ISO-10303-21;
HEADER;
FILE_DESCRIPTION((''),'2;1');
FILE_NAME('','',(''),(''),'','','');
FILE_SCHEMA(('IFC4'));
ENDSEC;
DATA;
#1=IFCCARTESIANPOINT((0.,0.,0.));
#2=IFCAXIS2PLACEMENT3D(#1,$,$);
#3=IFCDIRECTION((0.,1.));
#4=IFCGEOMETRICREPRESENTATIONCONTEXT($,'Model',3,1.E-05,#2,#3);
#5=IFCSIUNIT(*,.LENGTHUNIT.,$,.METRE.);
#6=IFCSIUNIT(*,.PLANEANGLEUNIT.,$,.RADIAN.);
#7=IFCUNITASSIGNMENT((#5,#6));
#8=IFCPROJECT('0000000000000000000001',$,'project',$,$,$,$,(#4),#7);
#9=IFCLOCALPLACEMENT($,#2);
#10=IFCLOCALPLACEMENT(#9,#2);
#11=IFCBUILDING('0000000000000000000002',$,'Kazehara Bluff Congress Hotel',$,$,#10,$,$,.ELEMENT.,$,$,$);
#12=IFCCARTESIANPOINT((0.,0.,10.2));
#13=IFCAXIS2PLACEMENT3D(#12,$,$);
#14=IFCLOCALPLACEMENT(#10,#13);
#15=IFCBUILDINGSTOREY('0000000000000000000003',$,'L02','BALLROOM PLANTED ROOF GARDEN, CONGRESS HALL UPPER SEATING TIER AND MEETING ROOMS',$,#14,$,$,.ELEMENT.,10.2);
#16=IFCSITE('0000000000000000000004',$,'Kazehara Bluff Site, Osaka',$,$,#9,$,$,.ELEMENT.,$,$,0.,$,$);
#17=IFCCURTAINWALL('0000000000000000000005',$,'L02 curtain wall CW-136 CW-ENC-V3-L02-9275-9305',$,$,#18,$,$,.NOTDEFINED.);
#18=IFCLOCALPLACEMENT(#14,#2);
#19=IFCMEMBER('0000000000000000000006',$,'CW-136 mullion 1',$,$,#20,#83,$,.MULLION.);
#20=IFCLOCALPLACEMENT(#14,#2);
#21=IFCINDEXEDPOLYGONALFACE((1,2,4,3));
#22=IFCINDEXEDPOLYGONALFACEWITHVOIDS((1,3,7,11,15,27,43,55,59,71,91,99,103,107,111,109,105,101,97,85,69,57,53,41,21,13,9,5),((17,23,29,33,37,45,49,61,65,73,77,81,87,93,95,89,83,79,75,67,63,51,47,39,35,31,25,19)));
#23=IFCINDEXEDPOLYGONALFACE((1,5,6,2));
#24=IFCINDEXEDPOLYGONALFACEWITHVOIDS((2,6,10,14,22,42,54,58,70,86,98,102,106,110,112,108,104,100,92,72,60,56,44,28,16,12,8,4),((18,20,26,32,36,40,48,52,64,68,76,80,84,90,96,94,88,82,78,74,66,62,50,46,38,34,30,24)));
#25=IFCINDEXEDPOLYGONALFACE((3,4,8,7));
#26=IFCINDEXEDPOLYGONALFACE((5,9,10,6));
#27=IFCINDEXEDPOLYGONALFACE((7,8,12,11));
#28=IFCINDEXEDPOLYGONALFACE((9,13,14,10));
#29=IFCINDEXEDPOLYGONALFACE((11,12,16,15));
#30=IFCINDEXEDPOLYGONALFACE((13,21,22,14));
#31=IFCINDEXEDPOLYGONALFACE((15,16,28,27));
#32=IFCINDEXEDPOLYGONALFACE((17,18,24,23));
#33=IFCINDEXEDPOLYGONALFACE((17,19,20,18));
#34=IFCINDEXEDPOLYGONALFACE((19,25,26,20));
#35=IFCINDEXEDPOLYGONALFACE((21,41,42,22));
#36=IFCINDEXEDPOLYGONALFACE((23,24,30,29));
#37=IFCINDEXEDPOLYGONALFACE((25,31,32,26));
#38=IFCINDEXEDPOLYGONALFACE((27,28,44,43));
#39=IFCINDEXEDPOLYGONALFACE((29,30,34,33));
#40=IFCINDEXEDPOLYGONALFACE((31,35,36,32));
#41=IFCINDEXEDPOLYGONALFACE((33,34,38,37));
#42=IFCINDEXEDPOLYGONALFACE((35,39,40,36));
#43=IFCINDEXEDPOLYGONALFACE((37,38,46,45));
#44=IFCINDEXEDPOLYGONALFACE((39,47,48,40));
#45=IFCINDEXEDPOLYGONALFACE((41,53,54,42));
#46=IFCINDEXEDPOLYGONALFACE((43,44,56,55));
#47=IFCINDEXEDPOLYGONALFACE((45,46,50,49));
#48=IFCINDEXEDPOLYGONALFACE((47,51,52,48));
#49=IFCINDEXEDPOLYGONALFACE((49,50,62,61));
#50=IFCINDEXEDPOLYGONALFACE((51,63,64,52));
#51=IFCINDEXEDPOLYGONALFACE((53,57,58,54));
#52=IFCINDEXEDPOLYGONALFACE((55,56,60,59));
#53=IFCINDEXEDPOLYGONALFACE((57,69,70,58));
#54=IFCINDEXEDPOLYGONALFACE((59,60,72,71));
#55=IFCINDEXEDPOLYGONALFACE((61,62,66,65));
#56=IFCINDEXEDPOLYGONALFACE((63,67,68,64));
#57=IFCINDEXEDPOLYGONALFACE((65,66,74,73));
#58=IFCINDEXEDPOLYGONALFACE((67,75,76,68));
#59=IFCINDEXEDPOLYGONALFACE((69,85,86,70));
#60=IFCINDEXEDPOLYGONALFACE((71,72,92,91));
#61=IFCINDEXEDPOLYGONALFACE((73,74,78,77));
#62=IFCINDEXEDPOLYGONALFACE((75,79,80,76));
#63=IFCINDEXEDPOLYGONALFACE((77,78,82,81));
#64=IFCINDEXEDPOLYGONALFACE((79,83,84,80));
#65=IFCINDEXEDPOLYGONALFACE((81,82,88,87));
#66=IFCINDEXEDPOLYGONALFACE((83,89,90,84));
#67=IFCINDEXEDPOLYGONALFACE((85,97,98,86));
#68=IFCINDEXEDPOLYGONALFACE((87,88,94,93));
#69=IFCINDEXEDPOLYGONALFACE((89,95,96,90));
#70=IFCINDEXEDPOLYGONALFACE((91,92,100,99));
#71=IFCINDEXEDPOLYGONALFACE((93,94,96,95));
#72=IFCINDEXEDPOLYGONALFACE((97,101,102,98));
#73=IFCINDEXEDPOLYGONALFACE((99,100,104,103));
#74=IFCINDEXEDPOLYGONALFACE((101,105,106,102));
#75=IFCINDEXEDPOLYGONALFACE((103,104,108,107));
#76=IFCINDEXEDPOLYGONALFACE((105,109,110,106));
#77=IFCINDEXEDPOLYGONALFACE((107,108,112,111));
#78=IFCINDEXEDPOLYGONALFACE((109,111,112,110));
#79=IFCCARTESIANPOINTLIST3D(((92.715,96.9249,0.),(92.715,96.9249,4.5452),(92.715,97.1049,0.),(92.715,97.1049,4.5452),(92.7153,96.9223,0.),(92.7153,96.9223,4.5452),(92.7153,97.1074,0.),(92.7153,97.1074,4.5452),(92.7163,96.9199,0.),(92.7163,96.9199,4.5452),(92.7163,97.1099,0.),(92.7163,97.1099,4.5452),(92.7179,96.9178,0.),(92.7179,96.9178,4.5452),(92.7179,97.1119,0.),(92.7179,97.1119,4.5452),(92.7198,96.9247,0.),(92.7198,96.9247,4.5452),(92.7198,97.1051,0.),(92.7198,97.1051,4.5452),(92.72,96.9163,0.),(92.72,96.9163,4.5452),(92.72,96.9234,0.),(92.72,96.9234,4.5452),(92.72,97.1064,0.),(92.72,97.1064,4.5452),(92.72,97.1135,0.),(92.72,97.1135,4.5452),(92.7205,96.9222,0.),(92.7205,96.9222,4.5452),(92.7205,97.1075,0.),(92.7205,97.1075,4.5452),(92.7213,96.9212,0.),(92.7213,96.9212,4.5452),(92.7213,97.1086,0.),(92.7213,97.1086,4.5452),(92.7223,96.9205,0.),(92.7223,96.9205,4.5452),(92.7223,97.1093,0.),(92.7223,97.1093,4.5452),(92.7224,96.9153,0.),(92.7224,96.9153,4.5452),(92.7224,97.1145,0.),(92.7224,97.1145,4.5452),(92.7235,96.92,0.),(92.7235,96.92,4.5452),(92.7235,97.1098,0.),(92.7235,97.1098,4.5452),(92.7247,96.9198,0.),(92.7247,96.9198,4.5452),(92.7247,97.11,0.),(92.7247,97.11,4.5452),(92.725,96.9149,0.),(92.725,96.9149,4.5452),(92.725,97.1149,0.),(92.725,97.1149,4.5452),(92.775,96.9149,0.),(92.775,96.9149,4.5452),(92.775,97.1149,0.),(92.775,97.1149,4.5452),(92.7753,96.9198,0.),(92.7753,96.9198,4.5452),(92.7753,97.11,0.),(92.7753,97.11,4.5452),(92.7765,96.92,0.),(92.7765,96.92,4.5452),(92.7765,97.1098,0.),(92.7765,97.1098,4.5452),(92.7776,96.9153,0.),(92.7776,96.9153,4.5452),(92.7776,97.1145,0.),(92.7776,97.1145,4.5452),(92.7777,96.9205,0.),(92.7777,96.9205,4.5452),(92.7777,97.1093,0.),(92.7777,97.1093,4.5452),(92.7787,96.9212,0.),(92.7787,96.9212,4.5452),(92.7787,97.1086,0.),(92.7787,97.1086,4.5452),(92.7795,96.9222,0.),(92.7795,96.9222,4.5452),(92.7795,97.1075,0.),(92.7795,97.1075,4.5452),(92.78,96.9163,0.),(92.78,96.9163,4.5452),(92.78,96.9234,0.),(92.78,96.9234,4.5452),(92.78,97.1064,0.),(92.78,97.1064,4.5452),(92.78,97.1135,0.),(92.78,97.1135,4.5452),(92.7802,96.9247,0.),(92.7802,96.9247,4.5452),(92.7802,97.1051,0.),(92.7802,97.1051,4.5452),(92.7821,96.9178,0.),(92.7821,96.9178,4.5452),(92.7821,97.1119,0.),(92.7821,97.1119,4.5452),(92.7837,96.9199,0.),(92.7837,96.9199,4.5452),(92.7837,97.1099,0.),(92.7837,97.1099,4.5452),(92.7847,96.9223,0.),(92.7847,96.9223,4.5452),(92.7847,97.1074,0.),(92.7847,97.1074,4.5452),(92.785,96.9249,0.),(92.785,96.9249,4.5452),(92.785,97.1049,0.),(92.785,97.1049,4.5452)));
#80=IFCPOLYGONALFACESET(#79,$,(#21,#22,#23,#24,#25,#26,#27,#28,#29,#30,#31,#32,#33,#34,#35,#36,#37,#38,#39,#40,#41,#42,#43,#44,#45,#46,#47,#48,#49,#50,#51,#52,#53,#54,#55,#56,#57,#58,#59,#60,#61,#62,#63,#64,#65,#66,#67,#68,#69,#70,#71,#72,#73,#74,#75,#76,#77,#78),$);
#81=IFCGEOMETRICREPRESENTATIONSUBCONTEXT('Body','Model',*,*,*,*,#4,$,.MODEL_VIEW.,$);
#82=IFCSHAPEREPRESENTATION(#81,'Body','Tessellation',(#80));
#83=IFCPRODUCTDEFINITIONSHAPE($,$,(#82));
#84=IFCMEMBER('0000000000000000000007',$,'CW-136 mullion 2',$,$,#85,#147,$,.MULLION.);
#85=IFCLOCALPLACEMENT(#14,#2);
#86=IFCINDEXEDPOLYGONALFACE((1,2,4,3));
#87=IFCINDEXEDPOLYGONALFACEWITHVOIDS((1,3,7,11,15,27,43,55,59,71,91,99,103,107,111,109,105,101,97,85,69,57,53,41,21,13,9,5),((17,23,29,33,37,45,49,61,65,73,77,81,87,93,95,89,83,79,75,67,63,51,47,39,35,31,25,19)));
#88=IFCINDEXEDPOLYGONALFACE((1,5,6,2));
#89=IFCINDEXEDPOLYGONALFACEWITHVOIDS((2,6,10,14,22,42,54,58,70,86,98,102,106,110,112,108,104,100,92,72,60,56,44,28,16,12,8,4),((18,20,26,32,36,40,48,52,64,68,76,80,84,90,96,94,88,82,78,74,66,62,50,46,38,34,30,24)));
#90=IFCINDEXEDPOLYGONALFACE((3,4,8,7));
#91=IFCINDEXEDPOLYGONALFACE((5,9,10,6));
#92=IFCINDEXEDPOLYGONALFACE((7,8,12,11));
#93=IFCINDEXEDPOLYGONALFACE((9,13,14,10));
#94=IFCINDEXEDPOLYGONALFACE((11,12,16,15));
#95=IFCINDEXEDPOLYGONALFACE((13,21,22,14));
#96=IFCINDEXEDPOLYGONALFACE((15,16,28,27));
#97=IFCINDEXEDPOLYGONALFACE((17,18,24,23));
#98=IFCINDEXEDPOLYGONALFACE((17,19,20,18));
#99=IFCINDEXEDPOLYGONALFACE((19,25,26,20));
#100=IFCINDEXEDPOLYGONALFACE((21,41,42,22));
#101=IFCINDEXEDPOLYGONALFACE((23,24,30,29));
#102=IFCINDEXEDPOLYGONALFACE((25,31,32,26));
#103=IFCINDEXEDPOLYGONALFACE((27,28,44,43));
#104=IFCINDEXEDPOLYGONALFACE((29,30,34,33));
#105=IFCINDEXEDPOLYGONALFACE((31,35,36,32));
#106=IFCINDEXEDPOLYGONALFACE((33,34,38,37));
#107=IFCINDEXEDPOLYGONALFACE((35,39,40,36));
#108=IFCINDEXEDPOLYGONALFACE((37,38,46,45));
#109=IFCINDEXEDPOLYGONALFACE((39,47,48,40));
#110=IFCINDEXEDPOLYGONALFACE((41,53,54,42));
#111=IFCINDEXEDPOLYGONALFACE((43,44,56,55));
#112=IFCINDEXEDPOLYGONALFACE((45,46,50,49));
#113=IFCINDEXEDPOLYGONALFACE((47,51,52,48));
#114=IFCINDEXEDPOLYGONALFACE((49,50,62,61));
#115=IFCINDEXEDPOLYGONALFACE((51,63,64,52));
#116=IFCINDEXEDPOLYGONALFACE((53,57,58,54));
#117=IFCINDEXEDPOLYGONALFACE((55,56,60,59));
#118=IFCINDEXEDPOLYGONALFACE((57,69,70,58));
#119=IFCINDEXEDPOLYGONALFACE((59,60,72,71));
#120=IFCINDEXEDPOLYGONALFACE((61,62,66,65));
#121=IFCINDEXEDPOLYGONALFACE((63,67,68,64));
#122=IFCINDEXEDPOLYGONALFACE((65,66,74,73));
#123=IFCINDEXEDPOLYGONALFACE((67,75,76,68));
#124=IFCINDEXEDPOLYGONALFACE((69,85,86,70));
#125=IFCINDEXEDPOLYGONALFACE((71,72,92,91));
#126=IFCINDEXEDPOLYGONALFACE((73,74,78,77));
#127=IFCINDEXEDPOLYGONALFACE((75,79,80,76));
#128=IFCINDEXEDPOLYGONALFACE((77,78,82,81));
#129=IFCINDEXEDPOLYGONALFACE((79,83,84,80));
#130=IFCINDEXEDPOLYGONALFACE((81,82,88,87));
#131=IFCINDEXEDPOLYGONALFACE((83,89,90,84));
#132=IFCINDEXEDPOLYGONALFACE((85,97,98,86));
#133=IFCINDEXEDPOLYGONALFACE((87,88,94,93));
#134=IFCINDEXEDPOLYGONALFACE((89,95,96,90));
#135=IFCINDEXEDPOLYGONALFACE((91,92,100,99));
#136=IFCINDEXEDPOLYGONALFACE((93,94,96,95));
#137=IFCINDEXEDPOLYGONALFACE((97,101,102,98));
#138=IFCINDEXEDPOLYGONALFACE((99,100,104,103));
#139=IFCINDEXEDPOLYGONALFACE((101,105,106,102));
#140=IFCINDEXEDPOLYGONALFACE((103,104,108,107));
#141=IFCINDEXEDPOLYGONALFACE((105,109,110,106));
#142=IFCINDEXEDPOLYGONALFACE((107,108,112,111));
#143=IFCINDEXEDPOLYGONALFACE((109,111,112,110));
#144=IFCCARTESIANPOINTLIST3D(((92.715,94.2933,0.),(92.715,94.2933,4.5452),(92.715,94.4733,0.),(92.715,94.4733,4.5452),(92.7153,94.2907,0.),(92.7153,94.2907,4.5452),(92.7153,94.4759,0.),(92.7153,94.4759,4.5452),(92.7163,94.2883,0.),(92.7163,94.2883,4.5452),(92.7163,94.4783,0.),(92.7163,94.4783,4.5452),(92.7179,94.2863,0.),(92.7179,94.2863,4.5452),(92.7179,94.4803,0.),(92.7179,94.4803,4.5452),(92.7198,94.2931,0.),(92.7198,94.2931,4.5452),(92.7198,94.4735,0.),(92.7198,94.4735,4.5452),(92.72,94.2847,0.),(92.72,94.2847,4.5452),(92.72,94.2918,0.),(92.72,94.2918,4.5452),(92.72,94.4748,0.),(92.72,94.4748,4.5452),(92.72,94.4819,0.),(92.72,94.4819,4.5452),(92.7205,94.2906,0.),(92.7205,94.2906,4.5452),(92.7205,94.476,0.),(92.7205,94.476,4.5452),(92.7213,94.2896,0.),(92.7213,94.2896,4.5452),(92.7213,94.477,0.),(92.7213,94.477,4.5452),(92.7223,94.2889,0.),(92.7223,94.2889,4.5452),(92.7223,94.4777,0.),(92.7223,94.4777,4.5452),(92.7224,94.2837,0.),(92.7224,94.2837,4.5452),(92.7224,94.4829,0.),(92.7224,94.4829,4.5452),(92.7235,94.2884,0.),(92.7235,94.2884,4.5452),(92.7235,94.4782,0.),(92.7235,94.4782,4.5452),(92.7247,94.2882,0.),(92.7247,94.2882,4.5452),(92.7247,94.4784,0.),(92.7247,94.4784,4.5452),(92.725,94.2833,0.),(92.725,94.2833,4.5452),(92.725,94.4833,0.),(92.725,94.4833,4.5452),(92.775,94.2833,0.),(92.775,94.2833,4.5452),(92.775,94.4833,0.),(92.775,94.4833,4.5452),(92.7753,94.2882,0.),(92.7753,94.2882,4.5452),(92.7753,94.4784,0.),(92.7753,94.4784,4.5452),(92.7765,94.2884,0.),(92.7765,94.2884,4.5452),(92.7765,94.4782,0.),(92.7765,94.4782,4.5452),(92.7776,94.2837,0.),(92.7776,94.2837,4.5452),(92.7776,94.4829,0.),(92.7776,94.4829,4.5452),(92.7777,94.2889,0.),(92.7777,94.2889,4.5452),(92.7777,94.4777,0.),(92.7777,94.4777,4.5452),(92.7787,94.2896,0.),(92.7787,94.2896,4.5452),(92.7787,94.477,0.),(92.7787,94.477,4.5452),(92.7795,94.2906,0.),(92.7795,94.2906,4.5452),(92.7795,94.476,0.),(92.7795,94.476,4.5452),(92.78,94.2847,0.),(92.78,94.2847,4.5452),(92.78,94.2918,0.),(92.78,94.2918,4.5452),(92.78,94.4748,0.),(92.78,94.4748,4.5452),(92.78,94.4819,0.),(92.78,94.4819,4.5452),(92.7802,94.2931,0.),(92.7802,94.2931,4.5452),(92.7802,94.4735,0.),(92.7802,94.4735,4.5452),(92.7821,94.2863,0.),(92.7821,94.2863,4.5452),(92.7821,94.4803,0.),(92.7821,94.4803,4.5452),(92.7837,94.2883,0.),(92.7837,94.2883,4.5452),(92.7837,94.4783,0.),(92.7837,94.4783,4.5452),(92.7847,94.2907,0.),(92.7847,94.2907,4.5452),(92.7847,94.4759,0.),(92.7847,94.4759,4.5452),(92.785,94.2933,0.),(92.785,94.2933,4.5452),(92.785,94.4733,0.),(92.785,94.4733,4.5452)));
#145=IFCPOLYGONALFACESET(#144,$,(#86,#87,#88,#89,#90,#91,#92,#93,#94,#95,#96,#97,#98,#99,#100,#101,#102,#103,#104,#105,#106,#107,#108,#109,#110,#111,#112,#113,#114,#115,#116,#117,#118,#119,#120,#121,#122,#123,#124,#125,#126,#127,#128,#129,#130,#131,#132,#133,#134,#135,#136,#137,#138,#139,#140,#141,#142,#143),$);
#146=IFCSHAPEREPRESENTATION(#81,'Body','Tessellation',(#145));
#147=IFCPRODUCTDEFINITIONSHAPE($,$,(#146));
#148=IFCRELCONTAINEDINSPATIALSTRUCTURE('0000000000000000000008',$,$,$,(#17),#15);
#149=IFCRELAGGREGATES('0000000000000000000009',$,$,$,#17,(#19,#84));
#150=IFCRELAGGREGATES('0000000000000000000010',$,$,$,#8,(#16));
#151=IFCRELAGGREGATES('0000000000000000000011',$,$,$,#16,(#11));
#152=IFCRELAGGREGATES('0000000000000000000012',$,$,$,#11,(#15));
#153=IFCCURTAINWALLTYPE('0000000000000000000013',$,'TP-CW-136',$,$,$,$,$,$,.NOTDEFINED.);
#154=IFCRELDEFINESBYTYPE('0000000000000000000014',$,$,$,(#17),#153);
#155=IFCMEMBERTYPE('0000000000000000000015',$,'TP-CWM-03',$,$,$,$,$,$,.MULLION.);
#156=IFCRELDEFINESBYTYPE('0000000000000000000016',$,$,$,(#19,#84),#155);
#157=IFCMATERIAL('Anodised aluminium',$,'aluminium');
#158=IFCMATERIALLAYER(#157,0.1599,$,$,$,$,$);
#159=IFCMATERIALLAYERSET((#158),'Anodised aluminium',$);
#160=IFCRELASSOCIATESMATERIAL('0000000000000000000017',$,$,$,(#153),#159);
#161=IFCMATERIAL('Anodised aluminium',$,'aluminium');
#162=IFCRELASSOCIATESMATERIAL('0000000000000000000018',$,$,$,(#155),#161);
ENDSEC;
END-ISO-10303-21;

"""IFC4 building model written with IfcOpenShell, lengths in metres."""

from ifc_helpers import new_model, si_unit, direction, frame, origin, origin_2d, place, context, subcontext, project, spatial, hollow_rectangle, extrude, material, layer, layer_set, material_profile, profile_set, type_object, element, aggregate, save


model = new_model("IFC4")

# Units and contexts
model_context = context("Model", 3, precision=1e-05, world=origin(), true_north=direction((0.0, 1.0)))
body_context = subcontext(model_context, "Body", "Model", "MODEL_VIEW")
ifc_project = project(units=[si_unit("LENGTHUNIT", "METRE"), si_unit("PLANEANGLEUNIT", "RADIAN")], contexts=[model_context])

# Site, building, storey
site_placement = place(None, origin())
site = spatial("IfcSite", under=ifc_project, at=site_placement, Name="Kazehara Bluff Site, Osaka", CompositionType="ELEMENT", RefElevation=0.0)
building_placement = place(site_placement, origin())
building = spatial("IfcBuilding", under=site, at=building_placement, Name="Kazehara Bluff Congress Hotel", CompositionType="ELEMENT")
storey_placement = place(building_placement, frame((0.0, 0.0, 10.2)))
storey = spatial("IfcBuildingStorey", under=building, at=storey_placement, Name="L02", Description="BALLROOM PLANTED ROOF GARDEN, CONGRESS HALL UPPER SEATING TIER AND MEETING ROOMS", CompositionType="ELEMENT", Elevation=10.2)

# Curtain wall, members
ifc_material_1 = material(Name="Anodised aluminium", Category="aluminium")
ifc_layer_1 = layer(ifc_material_1, 0.1599)
ifc_layer_set_1 = layer_set([ifc_layer_1], Name="Anodised aluminium")
curtain_wall_type_1 = type_object("IfcCurtainWallType", Name="TP-CW-136", PredefinedType="NOTDEFINED", material=ifc_layer_set_1)
curtain_wall_1_placement = place(storey_placement, origin())
curtain_wall_1 = element("IfcCurtainWall", 1, at=curtain_wall_1_placement, inside=storey, type_object=curtain_wall_type_1, Name="L02 curtain wall CW-136 CW-ENC-V3-L02-9275-9305", PredefinedType="NOTDEFINED")
ifc_material_2 = material(Name="Anodised aluminium", Category="aluminium")
ifc_material_profile_1 = material_profile(ifc_material_2, hollow_rectangle(XDim=0.0701, YDim=0.2, WallThickness=0.0049, InnerFilletRadius=0.0049, OuterFilletRadius=0.01, at=origin_2d()))
ifc_profile_set_1 = profile_set([ifc_material_profile_1], Name="Anodised aluminium")
member_type_1 = type_object("IfcMemberType", Name="TP-CWM-03", PredefinedType="MULLION", material=ifc_profile_set_1)
member_1_placement = place(storey_placement, frame((92.75, 97.0149, 0.0), z_axis=(0.0, 0.0, 1.0), x_axis=(1.0, 0.0, 0.0)))
member_1 = element("IfcMember", 2, at=member_1_placement, type_object=member_type_1, Name="CW-136 mullion 1", PredefinedType="MULLION", context=body_context, shape_type="SweptSolid", body=[
    extrude(hollow_rectangle(XDim=0.0701, YDim=0.2, WallThickness=0.0049, InnerFilletRadius=0.0049, OuterFilletRadius=0.01, at=origin_2d()), origin(), (0.0, 0.0, 1.0), 4.5452),
])
member_2_placement = place(storey_placement, frame((92.75, 94.3833, 0.0), z_axis=(0.0, 0.0, 1.0), x_axis=(1.0, 0.0, 0.0)))
member_2 = element("IfcMember", 3, at=member_2_placement, type_object=member_type_1, Name="CW-136 mullion 2", PredefinedType="MULLION", context=body_context, shape_type="SweptSolid", body=[
    extrude(hollow_rectangle(XDim=0.0701, YDim=0.2, WallThickness=0.0049, InnerFilletRadius=0.0049, OuterFilletRadius=0.01, at=origin_2d()), origin(), (0.0, 0.0, 1.0), 4.5452),
])

aggregate(curtain_wall_1, [member_1, member_2])

save(model, "model.ifc")
